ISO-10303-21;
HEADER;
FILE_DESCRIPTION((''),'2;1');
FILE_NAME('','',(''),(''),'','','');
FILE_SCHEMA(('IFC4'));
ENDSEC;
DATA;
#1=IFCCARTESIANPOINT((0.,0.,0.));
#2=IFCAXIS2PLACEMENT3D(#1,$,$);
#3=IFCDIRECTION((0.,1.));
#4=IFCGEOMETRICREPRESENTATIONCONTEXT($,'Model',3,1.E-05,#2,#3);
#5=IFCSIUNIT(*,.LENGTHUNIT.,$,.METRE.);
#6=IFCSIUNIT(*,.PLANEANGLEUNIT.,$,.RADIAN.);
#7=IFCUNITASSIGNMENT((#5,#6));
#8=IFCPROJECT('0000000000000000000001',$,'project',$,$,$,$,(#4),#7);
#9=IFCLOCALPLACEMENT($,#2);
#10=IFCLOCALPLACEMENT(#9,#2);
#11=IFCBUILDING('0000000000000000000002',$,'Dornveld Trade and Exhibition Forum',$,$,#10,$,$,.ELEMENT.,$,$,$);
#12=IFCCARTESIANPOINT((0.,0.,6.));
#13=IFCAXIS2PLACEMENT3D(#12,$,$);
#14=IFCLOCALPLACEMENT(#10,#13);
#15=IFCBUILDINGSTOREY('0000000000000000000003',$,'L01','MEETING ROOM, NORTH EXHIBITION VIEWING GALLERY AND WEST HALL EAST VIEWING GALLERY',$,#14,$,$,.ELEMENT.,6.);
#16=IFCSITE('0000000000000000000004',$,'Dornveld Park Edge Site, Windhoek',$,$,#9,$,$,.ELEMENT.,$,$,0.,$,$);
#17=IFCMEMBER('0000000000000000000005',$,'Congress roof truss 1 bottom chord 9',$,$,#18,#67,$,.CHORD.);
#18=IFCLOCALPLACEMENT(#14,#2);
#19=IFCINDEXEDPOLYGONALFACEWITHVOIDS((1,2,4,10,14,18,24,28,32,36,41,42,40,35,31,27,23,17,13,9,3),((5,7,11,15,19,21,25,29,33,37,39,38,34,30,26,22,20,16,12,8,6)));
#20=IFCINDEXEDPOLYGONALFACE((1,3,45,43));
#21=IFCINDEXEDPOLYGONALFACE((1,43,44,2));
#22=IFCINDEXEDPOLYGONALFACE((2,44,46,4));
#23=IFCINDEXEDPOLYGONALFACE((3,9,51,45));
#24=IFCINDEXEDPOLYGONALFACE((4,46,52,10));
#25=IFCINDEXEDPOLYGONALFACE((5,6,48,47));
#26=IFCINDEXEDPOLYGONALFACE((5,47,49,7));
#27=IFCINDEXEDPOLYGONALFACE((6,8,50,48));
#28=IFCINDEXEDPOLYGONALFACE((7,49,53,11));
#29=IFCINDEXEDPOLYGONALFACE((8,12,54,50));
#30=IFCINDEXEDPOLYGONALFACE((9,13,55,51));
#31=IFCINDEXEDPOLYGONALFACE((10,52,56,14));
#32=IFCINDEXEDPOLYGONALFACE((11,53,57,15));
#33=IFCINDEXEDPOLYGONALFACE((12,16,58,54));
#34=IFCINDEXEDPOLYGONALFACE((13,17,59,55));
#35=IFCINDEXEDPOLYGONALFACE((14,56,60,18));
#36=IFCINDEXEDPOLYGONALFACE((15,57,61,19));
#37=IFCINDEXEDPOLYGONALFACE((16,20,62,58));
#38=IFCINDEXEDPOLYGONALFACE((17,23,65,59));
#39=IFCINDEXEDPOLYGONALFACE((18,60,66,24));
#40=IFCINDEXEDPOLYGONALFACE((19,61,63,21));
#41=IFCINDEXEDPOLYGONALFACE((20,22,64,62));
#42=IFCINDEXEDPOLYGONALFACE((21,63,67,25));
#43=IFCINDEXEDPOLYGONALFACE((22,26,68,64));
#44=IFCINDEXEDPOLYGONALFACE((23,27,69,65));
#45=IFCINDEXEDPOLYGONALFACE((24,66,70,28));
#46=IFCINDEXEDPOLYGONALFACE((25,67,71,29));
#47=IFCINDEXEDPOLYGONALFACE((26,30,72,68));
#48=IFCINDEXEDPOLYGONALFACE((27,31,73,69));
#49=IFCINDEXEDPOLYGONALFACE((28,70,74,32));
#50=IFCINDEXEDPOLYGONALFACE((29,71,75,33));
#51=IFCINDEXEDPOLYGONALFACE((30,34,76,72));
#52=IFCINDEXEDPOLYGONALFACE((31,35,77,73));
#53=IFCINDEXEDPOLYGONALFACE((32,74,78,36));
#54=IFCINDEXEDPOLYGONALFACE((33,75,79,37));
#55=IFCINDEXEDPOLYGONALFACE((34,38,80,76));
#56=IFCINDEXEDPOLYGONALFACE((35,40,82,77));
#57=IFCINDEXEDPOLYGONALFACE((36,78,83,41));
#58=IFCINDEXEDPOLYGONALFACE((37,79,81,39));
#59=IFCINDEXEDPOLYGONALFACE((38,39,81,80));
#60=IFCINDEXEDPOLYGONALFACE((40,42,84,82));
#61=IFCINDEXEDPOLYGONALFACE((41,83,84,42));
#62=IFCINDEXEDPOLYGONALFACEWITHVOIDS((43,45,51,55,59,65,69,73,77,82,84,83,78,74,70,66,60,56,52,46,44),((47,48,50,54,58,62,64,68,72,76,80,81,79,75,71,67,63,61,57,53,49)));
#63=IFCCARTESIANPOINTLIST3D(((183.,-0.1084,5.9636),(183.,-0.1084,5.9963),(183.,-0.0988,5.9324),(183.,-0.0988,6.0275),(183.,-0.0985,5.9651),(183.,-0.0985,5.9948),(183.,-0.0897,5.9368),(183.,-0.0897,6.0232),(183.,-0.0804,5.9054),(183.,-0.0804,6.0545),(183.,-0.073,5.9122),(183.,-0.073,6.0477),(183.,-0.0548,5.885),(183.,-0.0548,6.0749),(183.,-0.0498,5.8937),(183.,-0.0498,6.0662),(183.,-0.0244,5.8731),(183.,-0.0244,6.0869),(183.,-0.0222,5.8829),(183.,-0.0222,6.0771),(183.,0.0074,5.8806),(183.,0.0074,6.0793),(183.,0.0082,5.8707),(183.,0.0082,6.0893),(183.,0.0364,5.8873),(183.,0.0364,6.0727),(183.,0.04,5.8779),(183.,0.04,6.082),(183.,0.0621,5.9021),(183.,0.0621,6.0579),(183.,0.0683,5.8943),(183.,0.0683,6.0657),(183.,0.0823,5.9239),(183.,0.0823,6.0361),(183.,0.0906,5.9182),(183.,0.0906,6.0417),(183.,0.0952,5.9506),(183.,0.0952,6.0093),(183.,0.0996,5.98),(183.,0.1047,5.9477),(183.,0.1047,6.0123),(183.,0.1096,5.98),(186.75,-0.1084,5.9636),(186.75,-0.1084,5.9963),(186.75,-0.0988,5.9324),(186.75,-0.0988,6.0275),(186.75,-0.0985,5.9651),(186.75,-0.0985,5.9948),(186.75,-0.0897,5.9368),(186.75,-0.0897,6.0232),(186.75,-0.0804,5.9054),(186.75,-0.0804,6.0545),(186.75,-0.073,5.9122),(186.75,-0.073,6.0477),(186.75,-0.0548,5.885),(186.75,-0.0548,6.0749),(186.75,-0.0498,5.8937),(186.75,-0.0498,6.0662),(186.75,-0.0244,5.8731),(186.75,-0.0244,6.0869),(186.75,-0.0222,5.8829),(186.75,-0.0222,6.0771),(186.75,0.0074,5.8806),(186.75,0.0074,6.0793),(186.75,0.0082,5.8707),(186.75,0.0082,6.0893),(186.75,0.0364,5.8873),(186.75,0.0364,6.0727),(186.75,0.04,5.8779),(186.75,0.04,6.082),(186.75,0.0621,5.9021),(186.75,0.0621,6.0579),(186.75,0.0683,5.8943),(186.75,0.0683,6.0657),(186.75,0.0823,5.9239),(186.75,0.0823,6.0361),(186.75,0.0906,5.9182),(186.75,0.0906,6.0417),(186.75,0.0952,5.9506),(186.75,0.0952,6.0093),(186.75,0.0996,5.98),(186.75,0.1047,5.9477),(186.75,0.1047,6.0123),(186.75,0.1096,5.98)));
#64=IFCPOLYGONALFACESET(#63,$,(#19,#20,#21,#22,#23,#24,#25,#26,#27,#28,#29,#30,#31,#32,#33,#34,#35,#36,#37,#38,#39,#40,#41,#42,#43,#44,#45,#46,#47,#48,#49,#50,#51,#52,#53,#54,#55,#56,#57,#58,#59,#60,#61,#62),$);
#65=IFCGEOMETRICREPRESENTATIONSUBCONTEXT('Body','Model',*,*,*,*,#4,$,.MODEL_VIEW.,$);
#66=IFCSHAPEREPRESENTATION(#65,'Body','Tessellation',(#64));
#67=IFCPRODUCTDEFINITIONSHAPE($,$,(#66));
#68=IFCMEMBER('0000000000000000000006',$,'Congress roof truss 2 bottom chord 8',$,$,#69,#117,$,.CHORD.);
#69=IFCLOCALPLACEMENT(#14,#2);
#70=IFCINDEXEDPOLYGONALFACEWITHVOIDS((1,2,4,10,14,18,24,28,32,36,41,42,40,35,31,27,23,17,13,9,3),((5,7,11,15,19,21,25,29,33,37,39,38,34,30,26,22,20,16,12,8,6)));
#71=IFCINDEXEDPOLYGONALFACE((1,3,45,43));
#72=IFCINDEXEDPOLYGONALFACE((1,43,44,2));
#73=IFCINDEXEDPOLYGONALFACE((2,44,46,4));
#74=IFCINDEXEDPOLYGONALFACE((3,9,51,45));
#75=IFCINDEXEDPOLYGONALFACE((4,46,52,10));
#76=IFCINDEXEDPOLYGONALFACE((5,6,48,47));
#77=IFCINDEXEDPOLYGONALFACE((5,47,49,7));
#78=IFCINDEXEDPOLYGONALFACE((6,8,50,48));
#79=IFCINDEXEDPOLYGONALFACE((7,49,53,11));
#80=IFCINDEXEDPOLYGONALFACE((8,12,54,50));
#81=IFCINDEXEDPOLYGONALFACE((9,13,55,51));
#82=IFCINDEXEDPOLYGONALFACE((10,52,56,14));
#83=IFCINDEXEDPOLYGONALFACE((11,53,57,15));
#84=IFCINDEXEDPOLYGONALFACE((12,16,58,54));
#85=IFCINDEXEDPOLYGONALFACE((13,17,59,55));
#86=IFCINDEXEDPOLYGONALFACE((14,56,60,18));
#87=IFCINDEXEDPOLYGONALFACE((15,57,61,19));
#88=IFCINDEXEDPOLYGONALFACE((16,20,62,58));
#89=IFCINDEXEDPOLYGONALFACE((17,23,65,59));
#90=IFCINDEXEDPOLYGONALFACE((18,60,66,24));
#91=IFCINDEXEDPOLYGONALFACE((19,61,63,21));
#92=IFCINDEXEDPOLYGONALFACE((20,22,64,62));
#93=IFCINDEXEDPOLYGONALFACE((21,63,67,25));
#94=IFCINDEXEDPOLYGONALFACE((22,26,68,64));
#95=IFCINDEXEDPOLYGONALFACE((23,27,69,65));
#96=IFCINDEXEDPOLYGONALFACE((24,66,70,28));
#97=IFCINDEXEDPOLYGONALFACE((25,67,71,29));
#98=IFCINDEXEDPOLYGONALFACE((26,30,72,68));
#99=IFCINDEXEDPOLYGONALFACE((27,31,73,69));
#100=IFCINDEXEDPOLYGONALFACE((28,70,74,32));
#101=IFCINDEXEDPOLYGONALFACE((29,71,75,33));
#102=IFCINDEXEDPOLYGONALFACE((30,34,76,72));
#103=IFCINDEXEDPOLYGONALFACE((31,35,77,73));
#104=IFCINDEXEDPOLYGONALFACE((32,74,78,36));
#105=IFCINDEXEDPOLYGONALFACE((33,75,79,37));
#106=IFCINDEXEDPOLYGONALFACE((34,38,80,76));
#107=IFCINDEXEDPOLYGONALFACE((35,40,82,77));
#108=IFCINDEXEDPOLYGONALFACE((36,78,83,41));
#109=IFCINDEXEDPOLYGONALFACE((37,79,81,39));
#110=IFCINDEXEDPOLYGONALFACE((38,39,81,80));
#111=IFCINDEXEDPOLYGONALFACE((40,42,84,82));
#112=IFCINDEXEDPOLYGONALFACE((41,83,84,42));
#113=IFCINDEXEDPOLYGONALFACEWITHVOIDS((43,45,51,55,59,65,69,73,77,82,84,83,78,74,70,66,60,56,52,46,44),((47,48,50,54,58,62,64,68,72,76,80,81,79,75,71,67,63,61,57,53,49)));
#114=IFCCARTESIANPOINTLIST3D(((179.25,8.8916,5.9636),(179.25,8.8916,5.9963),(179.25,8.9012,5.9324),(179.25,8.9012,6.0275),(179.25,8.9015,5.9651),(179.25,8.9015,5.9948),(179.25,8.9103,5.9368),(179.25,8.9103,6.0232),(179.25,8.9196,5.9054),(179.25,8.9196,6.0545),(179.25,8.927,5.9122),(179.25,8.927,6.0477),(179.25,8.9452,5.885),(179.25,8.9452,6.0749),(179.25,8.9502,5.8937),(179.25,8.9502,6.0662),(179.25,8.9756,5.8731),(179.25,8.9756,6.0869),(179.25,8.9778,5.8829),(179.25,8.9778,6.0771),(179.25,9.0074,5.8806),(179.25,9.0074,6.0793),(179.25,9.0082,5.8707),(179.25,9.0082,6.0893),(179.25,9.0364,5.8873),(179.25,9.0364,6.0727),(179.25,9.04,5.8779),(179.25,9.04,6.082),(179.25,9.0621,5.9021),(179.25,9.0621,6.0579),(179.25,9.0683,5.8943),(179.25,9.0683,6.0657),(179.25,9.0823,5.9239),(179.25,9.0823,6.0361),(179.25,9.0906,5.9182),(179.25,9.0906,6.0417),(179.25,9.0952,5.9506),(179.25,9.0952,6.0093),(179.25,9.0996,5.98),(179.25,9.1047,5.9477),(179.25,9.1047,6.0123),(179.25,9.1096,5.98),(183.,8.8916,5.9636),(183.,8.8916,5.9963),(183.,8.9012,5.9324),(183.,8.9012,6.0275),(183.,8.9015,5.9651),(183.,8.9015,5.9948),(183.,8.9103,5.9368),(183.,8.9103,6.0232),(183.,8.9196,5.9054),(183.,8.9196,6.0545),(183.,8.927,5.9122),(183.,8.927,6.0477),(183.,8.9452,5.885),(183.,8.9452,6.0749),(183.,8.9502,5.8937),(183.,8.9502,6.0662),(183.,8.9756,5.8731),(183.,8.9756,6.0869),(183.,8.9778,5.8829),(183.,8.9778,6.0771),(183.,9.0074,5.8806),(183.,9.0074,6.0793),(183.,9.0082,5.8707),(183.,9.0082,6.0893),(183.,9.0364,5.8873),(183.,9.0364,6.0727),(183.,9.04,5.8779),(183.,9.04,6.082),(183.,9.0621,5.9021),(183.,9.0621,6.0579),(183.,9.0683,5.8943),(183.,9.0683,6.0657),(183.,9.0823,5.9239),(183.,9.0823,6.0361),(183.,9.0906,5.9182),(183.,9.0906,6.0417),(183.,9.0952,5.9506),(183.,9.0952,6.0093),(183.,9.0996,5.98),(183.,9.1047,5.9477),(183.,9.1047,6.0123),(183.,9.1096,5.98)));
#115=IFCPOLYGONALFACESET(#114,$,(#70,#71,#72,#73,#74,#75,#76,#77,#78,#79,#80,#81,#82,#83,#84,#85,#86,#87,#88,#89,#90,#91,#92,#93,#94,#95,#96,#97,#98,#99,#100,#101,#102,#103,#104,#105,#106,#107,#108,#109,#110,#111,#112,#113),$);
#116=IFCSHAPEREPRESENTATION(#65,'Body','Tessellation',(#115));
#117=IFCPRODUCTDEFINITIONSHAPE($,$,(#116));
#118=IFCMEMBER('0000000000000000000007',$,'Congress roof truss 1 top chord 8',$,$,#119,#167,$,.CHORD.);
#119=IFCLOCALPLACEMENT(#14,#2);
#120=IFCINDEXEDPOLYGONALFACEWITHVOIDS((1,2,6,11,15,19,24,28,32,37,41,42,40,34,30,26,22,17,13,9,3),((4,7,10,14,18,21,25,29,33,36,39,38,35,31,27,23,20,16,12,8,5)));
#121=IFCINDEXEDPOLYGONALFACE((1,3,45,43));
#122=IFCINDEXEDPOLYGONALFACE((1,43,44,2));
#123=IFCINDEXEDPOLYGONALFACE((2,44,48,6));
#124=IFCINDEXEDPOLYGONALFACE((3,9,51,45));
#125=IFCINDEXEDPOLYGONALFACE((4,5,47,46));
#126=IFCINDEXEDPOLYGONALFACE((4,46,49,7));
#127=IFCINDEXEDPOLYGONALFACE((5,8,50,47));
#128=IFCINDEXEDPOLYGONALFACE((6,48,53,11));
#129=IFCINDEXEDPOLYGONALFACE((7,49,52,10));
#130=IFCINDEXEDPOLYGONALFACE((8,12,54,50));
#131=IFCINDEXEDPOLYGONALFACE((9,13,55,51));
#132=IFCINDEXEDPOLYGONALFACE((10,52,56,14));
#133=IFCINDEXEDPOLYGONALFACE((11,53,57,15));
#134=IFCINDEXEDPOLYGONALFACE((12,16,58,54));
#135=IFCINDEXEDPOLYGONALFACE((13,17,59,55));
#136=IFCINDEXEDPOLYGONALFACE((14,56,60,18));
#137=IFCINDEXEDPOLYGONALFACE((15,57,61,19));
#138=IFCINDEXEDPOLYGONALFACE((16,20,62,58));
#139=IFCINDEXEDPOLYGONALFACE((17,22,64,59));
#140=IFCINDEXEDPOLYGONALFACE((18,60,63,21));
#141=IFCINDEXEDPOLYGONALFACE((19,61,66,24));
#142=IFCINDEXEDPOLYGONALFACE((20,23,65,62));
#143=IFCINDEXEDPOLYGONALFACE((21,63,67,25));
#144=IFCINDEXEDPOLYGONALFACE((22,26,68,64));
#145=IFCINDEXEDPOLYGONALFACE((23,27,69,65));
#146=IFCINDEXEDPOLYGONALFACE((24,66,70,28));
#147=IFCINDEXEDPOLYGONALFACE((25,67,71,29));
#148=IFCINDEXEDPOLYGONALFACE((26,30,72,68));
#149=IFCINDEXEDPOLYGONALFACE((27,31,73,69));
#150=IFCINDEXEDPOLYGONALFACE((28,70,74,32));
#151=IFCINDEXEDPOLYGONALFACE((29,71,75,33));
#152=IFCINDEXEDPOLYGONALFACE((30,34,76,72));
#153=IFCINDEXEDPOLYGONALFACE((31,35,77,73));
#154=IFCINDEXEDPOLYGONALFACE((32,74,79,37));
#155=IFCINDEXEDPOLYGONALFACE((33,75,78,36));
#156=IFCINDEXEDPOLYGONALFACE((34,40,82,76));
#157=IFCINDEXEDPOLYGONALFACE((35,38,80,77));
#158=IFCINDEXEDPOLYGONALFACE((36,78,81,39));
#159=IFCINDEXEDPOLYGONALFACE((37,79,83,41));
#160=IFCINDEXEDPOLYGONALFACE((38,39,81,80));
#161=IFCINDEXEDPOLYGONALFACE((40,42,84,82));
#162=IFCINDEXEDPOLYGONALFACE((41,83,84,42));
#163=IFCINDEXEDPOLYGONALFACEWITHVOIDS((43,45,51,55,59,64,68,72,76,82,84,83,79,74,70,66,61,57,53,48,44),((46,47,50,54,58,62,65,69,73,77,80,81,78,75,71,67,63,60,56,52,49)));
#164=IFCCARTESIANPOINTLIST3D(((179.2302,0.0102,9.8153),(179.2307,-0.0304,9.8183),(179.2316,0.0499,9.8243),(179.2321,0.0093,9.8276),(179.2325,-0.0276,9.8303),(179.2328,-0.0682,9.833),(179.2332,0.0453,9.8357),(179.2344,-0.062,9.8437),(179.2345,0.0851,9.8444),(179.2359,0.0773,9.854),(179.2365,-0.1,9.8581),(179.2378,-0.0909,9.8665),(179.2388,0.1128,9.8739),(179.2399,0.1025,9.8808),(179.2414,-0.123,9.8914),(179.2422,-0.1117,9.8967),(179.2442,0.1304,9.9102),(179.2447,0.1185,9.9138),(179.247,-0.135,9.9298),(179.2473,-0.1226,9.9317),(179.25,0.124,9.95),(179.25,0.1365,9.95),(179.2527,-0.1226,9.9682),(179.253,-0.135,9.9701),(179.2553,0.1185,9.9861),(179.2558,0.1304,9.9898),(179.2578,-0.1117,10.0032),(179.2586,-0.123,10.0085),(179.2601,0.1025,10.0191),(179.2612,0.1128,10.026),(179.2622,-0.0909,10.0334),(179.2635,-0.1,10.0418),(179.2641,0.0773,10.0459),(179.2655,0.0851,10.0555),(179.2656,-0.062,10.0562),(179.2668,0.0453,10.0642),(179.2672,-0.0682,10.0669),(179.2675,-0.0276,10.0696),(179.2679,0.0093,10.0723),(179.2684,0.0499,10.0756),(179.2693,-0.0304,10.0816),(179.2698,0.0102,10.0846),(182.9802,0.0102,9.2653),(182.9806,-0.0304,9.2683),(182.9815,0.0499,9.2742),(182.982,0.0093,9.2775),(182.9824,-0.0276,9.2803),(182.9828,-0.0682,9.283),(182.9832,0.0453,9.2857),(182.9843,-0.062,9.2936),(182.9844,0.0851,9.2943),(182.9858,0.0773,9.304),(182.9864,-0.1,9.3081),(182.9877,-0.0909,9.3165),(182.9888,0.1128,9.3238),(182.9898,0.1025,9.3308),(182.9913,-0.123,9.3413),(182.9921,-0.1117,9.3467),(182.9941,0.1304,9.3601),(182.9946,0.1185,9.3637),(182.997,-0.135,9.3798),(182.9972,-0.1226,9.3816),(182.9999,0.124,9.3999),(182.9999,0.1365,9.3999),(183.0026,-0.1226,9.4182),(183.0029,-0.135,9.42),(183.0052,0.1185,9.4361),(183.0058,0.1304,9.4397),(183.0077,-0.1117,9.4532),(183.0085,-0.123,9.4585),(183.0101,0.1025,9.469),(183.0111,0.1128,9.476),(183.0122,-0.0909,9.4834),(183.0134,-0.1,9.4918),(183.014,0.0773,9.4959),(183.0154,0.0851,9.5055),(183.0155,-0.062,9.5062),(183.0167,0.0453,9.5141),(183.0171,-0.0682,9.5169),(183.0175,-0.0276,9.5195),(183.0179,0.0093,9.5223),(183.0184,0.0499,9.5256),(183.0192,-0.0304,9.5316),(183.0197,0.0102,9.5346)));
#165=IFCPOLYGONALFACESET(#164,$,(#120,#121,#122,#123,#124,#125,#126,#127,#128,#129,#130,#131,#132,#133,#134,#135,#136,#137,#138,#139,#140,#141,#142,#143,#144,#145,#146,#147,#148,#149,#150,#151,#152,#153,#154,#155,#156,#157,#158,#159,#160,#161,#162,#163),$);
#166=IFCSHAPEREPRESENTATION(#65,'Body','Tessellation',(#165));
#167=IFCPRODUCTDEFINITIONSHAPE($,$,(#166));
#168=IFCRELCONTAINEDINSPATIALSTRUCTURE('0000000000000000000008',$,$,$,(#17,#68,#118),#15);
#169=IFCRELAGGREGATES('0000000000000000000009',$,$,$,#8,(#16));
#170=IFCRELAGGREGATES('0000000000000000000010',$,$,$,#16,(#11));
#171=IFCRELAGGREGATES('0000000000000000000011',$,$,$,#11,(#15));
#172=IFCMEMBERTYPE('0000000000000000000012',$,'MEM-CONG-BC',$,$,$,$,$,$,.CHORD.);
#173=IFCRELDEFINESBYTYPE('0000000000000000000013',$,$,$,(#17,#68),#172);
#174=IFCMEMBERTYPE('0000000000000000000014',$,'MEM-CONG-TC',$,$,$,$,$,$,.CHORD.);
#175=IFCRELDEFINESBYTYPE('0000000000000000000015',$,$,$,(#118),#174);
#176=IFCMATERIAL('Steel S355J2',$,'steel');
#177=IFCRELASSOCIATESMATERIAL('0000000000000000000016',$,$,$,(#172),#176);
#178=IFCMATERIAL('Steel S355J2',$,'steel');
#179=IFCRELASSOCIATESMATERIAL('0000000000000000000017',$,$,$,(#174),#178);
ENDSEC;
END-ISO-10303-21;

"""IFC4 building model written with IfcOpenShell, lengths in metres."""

from ifc_helpers import new_model, si_unit, direction, frame, origin, origin_2d, place, context, subcontext, project, spatial, hollow_circle, extrude, material, material_profile, profile_set, type_object, element, save


model = new_model("IFC4")

# Units and contexts
model_context = context("Model", 3, precision=1e-05, world=origin(), true_north=direction((0.0, 1.0)))
body_context = subcontext(model_context, "Body", "Model", "MODEL_VIEW")
ifc_project = project(units=[si_unit("LENGTHUNIT", "METRE"), si_unit("PLANEANGLEUNIT", "RADIAN")], contexts=[model_context])

# Site, building, storey
site_placement = place(None, origin())
site = spatial("IfcSite", under=ifc_project, at=site_placement, Name="Dornveld Park Edge Site, Windhoek", CompositionType="ELEMENT", RefElevation=0.0)
building_placement = place(site_placement, origin())
building = spatial("IfcBuilding", under=site, at=building_placement, Name="Dornveld Trade and Exhibition Forum", CompositionType="ELEMENT")
storey_placement = place(building_placement, frame((0.0, 0.0, 6.0)))
storey = spatial("IfcBuildingStorey", under=building, at=storey_placement, Name="L01", Description="MEETING ROOM, NORTH EXHIBITION VIEWING GALLERY AND WEST HALL EAST VIEWING GALLERY", CompositionType="ELEMENT", Elevation=6.0)

# Members
ifc_material_1 = material(Name="Steel S355J2", Category="steel")
ifc_material_profile_1 = material_profile(ifc_material_1, hollow_circle(Radius=0.1096, WallThickness=0.01, at=origin_2d()), Name="CHS 219.1x10")
ifc_profile_set_1 = profile_set([ifc_material_profile_1], Name="Steel S355J2")
member_type_1 = type_object("IfcMemberType", Name="MEM-CONG-BC", PredefinedType="CHORD", material=ifc_profile_set_1)
for number, where, z_axis, x_axis, name in (
    (1, (183.0, 0.0, 5.98), (1.0, 0.0, 0.0), (0.0, 1.0, 0.0), "Congress roof truss 1 bottom chord 9"),
    (2, (179.25, 9.0, 5.98), (1.0, 0.0, 0.0), (0.0, 1.0, 0.0), "Congress roof truss 2 bottom chord 8"),
):
    element("IfcMember", number, at=place(storey_placement, frame(where, z_axis=z_axis, x_axis=x_axis)), inside=storey, type_object=member_type_1, Name=name, PredefinedType="CHORD", context=body_context, shape_type="SweptSolid", body=[
        extrude(hollow_circle(Radius=0.1096, WallThickness=0.01, at=origin_2d()), origin(), (0.0, 0.0, 1.0), 3.75),
    ])
ifc_material_2 = material(Name="Steel S355J2", Category="steel")
ifc_material_profile_2 = material_profile(ifc_material_2, hollow_circle(Radius=0.1365, WallThickness=0.0125, at=origin_2d()), Name="CHS 273x12.5")
ifc_profile_set_2 = profile_set([ifc_material_profile_2], Name="Steel S355J2")
member_type_2 = type_object("IfcMemberType", Name="MEM-CONG-TC", PredefinedType="CHORD", material=ifc_profile_set_2)
for number, where, z_axis, x_axis, name in (
    (3, (179.25, 0.0, 9.95), (0.989413, 0.0, -0.145127), (0.0, 1.0, 0.0), "Congress roof truss 1 top chord 8"),
):
    element("IfcMember", number, at=place(storey_placement, frame(where, z_axis=z_axis, x_axis=x_axis)), inside=storey, type_object=member_type_2, Name=name, PredefinedType="CHORD", context=body_context, shape_type="SweptSolid", body=[
        extrude(hollow_circle(Radius=0.1365, WallThickness=0.0125, at=origin_2d()), origin(), (0.0, 0.0, 1.0), 3.79),
    ])

save(model, "model.ifc")
